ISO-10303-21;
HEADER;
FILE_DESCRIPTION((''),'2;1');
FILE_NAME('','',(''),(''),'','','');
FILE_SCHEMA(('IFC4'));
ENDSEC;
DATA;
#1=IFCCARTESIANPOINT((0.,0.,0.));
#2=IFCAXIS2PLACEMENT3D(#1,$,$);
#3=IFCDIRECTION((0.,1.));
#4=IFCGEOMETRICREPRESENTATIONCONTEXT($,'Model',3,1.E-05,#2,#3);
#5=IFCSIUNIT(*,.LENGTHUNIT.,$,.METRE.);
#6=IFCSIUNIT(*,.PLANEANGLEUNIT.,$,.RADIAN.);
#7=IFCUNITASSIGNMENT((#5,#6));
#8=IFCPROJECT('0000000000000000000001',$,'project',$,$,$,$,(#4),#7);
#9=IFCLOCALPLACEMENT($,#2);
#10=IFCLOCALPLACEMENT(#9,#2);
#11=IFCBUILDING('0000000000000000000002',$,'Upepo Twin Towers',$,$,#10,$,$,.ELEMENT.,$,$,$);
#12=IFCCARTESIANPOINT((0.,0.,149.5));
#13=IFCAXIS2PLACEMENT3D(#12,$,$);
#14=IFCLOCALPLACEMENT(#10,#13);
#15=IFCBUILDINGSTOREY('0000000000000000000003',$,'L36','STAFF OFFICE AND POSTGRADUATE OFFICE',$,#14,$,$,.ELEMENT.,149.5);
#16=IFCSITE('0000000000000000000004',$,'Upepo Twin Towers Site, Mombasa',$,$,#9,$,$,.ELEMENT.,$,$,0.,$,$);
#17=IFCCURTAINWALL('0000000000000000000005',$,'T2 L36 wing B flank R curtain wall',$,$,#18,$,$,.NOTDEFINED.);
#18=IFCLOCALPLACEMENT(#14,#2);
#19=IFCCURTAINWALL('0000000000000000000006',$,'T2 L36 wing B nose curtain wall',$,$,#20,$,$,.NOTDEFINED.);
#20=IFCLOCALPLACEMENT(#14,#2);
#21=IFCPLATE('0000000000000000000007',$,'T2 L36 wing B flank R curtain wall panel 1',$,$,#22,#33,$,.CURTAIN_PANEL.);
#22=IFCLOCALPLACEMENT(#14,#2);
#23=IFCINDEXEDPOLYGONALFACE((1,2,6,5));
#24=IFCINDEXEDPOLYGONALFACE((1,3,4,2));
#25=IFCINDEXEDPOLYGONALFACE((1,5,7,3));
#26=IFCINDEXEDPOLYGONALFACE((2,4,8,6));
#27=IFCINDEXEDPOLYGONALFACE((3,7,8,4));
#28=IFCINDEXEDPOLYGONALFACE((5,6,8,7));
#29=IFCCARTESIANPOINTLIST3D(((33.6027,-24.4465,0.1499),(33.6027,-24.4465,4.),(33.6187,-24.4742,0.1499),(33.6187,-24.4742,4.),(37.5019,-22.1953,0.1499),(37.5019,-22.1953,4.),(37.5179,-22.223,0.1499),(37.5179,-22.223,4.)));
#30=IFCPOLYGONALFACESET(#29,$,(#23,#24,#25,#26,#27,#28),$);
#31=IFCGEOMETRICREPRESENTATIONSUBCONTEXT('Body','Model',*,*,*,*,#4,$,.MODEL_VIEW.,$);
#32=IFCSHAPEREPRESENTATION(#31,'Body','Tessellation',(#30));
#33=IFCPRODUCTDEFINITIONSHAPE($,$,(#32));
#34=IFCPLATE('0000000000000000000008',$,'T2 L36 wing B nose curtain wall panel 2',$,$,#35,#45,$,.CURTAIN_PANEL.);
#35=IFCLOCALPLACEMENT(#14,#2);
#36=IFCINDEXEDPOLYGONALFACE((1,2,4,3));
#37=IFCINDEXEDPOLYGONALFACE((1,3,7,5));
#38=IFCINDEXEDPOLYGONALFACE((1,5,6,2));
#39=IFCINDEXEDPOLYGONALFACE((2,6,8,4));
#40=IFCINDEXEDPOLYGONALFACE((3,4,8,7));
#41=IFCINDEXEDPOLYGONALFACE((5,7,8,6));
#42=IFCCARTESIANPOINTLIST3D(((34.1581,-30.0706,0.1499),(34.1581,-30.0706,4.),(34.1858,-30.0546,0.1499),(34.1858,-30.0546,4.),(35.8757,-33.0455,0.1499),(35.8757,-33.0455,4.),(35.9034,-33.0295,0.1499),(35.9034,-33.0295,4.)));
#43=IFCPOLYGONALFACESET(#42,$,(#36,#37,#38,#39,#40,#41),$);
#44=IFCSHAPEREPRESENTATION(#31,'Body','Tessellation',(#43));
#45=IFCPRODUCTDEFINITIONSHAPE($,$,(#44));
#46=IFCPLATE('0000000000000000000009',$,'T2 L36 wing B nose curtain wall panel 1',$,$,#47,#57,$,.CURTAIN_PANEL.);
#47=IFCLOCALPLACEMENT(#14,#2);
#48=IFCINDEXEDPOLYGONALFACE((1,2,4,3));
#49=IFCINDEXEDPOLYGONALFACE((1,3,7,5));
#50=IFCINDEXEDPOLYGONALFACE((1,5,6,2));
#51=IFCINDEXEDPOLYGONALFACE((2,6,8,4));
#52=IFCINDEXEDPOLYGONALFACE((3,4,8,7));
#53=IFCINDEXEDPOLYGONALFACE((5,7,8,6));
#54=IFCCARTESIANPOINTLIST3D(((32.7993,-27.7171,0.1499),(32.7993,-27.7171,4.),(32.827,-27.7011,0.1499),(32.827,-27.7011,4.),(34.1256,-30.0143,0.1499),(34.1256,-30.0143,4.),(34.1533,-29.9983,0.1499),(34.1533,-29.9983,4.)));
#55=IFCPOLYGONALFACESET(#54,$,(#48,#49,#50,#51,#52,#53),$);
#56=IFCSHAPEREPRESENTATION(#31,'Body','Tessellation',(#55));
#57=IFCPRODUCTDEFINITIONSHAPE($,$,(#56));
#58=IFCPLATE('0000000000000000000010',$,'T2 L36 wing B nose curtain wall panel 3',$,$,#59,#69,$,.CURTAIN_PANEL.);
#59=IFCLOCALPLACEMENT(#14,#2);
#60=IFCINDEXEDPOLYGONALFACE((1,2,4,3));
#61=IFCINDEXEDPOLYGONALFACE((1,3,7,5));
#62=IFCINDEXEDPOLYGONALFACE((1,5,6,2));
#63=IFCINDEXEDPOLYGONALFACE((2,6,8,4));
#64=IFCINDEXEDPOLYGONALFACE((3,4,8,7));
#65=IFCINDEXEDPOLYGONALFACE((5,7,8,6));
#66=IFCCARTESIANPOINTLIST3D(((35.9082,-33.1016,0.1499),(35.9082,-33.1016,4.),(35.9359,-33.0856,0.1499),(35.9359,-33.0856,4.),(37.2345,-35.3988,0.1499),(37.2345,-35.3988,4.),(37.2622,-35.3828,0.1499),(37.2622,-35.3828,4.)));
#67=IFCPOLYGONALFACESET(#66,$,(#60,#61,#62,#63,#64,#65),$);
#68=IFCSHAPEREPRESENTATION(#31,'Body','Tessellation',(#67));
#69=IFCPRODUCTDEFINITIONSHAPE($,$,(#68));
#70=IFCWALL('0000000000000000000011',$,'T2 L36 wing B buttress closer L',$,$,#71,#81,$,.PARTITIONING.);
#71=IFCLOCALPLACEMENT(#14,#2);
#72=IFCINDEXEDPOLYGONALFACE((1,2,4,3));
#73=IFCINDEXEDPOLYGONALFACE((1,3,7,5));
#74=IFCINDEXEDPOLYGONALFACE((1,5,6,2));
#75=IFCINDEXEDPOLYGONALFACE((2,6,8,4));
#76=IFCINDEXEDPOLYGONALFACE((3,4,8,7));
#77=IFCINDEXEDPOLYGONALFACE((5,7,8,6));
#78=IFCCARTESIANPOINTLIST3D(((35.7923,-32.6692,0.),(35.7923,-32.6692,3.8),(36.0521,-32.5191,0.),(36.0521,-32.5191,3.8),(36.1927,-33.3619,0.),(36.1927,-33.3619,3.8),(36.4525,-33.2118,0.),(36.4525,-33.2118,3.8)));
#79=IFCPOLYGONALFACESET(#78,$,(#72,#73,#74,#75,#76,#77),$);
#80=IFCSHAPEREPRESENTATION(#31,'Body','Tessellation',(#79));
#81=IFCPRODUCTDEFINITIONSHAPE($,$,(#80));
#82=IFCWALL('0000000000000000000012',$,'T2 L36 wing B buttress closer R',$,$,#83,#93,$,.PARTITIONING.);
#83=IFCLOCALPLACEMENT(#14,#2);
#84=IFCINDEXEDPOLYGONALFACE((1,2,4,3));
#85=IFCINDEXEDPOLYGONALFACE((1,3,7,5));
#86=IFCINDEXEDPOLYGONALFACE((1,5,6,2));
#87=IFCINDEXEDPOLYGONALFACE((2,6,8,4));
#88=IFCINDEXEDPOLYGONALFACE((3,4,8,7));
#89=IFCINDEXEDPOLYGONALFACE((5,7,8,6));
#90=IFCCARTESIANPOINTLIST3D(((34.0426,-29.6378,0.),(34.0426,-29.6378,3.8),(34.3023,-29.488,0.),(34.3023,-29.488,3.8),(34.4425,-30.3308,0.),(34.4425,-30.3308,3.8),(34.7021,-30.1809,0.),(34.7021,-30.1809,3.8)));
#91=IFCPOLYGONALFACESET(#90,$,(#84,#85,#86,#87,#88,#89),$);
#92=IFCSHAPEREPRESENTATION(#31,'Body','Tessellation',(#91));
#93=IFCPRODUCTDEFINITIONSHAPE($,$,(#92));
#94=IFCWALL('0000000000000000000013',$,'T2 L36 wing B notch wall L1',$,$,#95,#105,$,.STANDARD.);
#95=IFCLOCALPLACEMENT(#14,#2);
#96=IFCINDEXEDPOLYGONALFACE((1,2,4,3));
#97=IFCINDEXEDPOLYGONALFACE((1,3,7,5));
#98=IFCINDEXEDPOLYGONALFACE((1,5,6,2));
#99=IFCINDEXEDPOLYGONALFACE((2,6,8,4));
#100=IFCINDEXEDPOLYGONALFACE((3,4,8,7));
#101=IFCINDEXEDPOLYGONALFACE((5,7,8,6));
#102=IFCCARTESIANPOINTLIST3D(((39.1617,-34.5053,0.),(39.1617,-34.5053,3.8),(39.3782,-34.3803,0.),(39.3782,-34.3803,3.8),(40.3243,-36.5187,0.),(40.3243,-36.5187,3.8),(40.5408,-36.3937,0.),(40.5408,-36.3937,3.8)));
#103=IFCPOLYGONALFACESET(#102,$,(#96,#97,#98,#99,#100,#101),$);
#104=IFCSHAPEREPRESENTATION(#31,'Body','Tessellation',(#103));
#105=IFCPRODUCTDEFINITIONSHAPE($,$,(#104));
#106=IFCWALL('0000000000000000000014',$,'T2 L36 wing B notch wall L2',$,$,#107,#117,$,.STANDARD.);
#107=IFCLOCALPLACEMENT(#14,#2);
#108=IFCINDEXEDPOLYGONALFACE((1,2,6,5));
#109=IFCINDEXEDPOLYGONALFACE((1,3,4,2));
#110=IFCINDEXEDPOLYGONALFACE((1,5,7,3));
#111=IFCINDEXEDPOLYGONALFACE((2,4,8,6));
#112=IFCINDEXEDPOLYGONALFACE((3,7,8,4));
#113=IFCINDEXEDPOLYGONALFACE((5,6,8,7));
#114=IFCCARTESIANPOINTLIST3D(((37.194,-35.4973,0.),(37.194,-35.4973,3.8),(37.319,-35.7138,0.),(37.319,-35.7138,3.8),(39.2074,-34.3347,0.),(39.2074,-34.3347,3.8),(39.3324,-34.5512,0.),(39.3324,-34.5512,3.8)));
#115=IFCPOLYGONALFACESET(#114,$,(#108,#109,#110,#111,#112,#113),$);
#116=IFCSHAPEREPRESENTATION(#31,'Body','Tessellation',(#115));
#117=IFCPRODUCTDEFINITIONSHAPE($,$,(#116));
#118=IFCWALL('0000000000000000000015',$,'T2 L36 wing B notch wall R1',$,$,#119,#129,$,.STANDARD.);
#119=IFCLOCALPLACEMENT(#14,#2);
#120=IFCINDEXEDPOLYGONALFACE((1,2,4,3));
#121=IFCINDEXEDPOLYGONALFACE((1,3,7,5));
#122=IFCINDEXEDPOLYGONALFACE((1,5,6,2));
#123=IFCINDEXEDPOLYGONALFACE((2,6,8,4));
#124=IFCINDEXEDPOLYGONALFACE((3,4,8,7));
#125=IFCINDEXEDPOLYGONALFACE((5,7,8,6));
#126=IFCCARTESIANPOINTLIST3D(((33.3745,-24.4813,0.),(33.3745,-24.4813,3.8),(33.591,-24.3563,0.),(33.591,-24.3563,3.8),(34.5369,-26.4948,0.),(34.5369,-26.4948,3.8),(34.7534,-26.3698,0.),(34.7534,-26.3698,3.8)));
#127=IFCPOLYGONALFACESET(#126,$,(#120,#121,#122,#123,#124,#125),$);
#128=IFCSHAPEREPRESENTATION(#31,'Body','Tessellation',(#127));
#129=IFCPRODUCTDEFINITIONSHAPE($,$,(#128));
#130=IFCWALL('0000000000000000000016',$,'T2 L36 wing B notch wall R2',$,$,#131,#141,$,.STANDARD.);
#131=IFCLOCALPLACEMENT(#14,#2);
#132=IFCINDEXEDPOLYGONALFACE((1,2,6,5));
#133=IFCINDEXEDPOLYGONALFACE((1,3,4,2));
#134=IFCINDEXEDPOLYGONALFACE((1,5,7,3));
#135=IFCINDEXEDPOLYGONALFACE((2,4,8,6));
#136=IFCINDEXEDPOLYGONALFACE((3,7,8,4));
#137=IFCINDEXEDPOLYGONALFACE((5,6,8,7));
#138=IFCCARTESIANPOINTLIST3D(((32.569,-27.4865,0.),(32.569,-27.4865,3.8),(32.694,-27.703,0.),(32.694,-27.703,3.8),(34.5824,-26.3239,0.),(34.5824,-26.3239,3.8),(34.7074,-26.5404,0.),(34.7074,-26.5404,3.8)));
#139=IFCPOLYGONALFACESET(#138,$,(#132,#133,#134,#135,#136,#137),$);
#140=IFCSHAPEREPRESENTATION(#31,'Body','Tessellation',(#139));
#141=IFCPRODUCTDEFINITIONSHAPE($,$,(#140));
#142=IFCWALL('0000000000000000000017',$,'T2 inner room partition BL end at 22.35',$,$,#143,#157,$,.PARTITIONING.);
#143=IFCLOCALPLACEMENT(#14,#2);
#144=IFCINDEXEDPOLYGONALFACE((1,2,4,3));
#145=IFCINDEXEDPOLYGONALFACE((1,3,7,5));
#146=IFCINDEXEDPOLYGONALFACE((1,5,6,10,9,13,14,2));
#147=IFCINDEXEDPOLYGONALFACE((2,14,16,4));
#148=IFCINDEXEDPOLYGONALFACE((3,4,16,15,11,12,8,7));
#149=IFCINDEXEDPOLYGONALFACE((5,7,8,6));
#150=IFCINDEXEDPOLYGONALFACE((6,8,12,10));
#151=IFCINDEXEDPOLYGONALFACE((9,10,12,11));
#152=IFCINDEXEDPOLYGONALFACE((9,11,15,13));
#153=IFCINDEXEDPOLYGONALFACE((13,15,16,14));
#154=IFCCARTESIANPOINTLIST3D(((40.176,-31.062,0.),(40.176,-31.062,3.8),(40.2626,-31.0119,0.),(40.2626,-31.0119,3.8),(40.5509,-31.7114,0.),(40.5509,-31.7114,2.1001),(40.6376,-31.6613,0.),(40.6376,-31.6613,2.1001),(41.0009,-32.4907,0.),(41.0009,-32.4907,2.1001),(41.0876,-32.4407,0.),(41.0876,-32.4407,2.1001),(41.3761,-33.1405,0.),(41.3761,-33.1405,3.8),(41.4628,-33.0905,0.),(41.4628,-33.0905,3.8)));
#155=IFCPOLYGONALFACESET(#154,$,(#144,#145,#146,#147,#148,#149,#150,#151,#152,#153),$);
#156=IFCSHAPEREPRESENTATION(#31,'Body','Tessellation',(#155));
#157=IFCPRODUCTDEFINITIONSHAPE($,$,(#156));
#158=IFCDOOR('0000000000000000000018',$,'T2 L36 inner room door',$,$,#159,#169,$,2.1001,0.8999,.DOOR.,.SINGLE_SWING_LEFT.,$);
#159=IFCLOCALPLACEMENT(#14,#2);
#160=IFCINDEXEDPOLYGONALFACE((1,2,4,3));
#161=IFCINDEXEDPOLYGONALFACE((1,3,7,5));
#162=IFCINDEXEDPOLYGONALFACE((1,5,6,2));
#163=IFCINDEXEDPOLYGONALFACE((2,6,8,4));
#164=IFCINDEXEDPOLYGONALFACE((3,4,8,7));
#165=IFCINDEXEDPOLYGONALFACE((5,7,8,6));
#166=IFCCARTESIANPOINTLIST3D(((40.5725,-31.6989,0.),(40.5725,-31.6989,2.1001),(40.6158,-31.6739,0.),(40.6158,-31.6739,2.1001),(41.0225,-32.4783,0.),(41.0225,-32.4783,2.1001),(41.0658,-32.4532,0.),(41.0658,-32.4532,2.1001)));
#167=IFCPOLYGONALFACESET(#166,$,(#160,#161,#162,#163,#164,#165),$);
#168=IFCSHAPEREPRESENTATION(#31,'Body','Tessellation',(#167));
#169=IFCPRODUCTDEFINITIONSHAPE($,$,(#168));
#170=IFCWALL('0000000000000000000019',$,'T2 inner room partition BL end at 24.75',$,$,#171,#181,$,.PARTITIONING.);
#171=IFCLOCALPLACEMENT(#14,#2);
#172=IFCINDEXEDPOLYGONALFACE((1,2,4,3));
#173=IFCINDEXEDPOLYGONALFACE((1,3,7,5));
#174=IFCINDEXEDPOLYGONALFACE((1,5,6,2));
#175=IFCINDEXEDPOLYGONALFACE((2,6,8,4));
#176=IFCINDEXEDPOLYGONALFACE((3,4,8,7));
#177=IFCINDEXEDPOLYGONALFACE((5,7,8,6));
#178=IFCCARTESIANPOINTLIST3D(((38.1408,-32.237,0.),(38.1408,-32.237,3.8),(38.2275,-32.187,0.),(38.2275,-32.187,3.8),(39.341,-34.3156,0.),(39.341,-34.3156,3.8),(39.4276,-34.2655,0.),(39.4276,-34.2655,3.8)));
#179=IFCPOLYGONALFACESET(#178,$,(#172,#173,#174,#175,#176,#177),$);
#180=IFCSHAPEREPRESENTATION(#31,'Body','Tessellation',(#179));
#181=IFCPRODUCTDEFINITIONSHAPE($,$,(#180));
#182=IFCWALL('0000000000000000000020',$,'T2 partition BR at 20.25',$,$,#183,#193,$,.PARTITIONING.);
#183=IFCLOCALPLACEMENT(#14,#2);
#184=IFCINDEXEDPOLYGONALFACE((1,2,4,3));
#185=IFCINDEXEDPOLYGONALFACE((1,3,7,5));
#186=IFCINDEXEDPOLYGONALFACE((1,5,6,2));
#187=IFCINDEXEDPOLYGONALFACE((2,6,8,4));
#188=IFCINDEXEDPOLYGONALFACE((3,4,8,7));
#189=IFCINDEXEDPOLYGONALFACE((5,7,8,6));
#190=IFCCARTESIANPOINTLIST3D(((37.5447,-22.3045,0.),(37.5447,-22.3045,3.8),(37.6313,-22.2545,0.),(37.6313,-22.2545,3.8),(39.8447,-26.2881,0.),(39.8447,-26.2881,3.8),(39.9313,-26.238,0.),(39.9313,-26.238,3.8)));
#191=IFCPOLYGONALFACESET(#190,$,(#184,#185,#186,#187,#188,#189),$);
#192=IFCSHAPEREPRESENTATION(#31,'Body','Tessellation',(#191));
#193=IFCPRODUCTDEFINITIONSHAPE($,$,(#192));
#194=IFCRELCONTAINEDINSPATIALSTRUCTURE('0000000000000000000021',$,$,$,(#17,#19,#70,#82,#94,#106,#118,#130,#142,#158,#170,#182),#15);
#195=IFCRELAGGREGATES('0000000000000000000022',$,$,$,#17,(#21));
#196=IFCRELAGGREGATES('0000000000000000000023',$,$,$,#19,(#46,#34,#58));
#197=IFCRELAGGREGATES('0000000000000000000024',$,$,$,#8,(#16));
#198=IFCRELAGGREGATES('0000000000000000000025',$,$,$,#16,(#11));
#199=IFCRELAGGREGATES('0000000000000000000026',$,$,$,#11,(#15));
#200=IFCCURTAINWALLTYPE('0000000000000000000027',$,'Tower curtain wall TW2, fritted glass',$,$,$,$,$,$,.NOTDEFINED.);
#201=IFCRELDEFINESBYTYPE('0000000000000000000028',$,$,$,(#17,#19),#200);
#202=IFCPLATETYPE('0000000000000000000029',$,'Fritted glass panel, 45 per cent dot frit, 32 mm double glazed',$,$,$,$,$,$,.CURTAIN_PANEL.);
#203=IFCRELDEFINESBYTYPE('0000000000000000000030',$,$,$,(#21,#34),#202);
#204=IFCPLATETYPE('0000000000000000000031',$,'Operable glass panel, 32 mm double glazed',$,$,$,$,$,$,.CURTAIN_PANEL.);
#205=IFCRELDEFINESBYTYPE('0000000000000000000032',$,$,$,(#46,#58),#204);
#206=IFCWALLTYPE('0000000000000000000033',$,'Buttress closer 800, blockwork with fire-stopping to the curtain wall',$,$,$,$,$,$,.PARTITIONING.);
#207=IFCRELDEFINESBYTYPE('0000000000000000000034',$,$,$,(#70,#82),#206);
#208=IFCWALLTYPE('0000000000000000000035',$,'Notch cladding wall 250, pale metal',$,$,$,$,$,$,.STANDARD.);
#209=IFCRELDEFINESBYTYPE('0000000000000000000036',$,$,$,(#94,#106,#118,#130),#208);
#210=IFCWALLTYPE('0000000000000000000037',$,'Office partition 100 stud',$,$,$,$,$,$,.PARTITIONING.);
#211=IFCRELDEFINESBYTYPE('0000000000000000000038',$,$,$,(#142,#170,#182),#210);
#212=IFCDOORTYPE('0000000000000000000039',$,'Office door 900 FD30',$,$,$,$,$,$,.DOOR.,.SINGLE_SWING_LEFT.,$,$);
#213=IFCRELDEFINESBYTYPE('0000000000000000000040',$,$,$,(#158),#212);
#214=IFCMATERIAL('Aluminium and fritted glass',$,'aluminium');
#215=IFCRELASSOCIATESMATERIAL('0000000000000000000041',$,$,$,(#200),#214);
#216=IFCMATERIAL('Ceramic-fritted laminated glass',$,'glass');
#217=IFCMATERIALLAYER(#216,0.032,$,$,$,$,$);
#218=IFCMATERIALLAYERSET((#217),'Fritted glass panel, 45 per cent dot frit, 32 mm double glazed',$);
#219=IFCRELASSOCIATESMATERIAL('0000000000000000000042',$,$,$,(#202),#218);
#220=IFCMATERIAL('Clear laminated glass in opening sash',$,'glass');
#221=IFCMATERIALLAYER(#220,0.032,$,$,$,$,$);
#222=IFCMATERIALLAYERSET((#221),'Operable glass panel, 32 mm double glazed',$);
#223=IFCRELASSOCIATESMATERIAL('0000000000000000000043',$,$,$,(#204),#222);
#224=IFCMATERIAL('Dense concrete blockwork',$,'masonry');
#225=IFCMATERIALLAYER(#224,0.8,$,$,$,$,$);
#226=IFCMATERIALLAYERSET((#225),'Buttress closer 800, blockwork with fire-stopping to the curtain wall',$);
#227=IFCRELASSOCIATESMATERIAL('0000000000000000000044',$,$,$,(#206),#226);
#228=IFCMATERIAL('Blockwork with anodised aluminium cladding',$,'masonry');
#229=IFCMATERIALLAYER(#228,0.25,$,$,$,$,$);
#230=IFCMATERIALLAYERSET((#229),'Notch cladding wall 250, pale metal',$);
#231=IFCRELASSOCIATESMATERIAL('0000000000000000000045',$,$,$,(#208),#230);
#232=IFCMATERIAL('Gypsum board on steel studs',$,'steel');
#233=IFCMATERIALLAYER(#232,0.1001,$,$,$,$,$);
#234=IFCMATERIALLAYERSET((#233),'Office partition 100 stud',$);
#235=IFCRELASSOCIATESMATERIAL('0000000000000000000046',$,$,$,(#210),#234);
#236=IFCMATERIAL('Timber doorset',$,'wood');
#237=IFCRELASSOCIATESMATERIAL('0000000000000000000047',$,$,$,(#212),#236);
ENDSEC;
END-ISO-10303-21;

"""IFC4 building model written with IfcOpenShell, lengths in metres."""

from ifc_helpers import new_model, si_unit, direction, frame, frame_2d, origin, origin_2d, place, context, subcontext, project, spatial, rectangle, extrude, material, layer, layer_set, type_object, element, fill, aggregate, save


model = new_model("IFC4")

# Units and contexts
model_context = context("Model", 3, precision=1e-05, world=origin(), true_north=direction((0.0, 1.0)))
body_context = subcontext(model_context, "Body", "Model", "MODEL_VIEW")
ifc_project = project(units=[si_unit("LENGTHUNIT", "METRE"), si_unit("PLANEANGLEUNIT", "RADIAN")], contexts=[model_context])

# Site, building, storey
site_placement = place(None, origin())
site = spatial("IfcSite", under=ifc_project, at=site_placement, Name="Upepo Twin Towers Site, Mombasa", CompositionType="ELEMENT", RefElevation=0.0)
building_placement = place(site_placement, origin())
building = spatial("IfcBuilding", under=site, at=building_placement, Name="Upepo Twin Towers", CompositionType="ELEMENT")
storey_placement = place(building_placement, frame((0.0, 0.0, 149.5)))
storey = spatial("IfcBuildingStorey", under=building, at=storey_placement, Name="L36", Description="STAFF OFFICE AND POSTGRADUATE OFFICE", CompositionType="ELEMENT", Elevation=149.5)

# Curtain wall
ifc_material_1 = material(Name="Aluminium and fritted glass", Category="aluminium")
curtain_wall_type = type_object("IfcCurtainWallType", Name="Tower curtain wall TW2, fritted glass", PredefinedType="NOTDEFINED", material=ifc_material_1)
curtain_wall_1_placement = place(storey_placement, origin())
curtain_wall_1 = element("IfcCurtainWall", 1, at=curtain_wall_1_placement, inside=storey, type_object=curtain_wall_type, Name="T2 L36 wing B flank R curtain wall", PredefinedType="NOTDEFINED")

# Curtain wall
curtain_wall_2_placement = place(storey_placement, origin())
curtain_wall_2 = element("IfcCurtainWall", 2, at=curtain_wall_2_placement, inside=storey, type_object=curtain_wall_type, Name="T2 L36 wing B nose curtain wall", PredefinedType="NOTDEFINED")

# Plates
ifc_material_2 = material(Name="Ceramic-fritted laminated glass", Category="glass")
ifc_layer_1 = layer(ifc_material_2, 0.032)
ifc_layer_set_1 = layer_set([ifc_layer_1], Name="Fritted glass panel, 45 per cent dot frit, 32 mm double glazed")
plate_type_1 = type_object("IfcPlateType", Name="Fritted glass panel, 45 per cent dot frit, 32 mm double glazed", PredefinedType="CURTAIN_PANEL", material=ifc_layer_set_1)
plate_1_placement = place(storey_placement, frame((35.5603, -23.3347, 0.1499), z_axis=(0.0, 0.0, 1.0), x_axis=(0.866025, 0.5, 0.0)))
plate_1 = element("IfcPlate", 3, at=plate_1_placement, type_object=plate_type_1, Name="T2 L36 wing B flank R curtain wall panel 1", PredefinedType="CURTAIN_PANEL", context=body_context, shape_type="SweptSolid", body=[
    extrude(rectangle(XDim=4.5024, YDim=0.032, at=origin_2d()), origin(), (0.0, 0.0, 1.0), 3.8501),
])
aggregate(curtain_wall_1, [plate_1])
plate_2_placement = place(storey_placement, frame((35.0308, -31.55, 0.1499), z_axis=(0.0, 0.0, 1.0), x_axis=(0.5, -0.866025, 0.0)))
plate_2 = element("IfcPlate", 4, at=plate_2_placement, type_object=plate_type_1, Name="T2 L36 wing B nose curtain wall panel 2", PredefinedType="CURTAIN_PANEL", context=body_context, shape_type="SweptSolid", body=[
    extrude(rectangle(XDim=3.4351, YDim=0.032, at=origin_2d()), origin(), (0.0, 0.0, 1.0), 3.8501),
])
ifc_material_3 = material(Name="Clear laminated glass in opening sash", Category="glass")
ifc_layer_2 = layer(ifc_material_3, 0.032)
ifc_layer_set_2 = layer_set([ifc_layer_2], Name="Operable glass panel, 32 mm double glazed")
plate_type_2 = type_object("IfcPlateType", Name="Operable glass panel, 32 mm double glazed", PredefinedType="CURTAIN_PANEL", material=ifc_layer_set_2)
plate_3_placement = place(storey_placement, frame((33.4763, -28.8577, 0.1499), z_axis=(0.0, 0.0, 1.0), x_axis=(0.5, -0.866025, 0.0)))
plate_3 = element("IfcPlate", 5, at=plate_3_placement, type_object=plate_type_2, Name="T2 L36 wing B nose curtain wall panel 1", PredefinedType="CURTAIN_PANEL", context=body_context, shape_type="SweptSolid", body=[
    extrude(rectangle(XDim=2.6526, YDim=0.032, at=origin_2d()), origin(), (0.0, 0.0, 1.0), 3.8501),
])
plate_4_placement = place(storey_placement, frame((36.5852, -34.2422, 0.1499), z_axis=(0.0, 0.0, 1.0), x_axis=(0.5, -0.866025, 0.0)))
plate_4 = element("IfcPlate", 6, at=plate_4_placement, type_object=plate_type_2, Name="T2 L36 wing B nose curtain wall panel 3", PredefinedType="CURTAIN_PANEL", context=body_context, shape_type="SweptSolid", body=[
    extrude(rectangle(XDim=2.6526, YDim=0.032, at=origin_2d()), origin(), (0.0, 0.0, 1.0), 3.8501),
])
aggregate(curtain_wall_2, [plate_3, plate_2, plate_4])

# Walls
ifc_material_4 = material(Name="Dense concrete blockwork", Category="masonry")
ifc_layer_3 = layer(ifc_material_4, 0.8)
ifc_layer_set_3 = layer_set([ifc_layer_3], Name="Buttress closer 800, blockwork with fire-stopping to the curtain wall")
wall_type_1 = type_object("IfcWallType", Name="Buttress closer 800, blockwork with fire-stopping to the curtain wall", PredefinedType="PARTITIONING", material=ifc_layer_set_3)
wall_1_placement = place(storey_placement, frame((36.2522, -32.8655, 0.0), z_axis=(0.0, 0.0, 1.0), x_axis=(-0.865779, -0.500427, 0.0)))
element("IfcWall", 7, at=wall_1_placement, inside=storey, type_object=wall_type_1, Name="T2 L36 wing B buttress closer L", PredefinedType="PARTITIONING", context=body_context, shape_type="SweptSolid", body=[
    extrude(rectangle(XDim=0.3, YDim=0.8, at=frame_2d((0.1499, 0.0))), origin(), (0.0, 0.0, 1.0), 3.8),
])
wall_2_placement = place(storey_placement, frame((34.5022, -29.8345, 0.0), z_axis=(0.0, 0.0, 1.0), x_axis=(-0.866131, -0.499816, 0.0)))
element("IfcWall", 8, at=wall_2_placement, inside=storey, type_object=wall_type_1, Name="T2 L36 wing B buttress closer R", PredefinedType="PARTITIONING", context=body_context, shape_type="SweptSolid", body=[
    extrude(rectangle(XDim=0.2998, YDim=0.8, at=frame_2d((0.1499, 0.0))), origin(), (0.0, 0.0, 1.0), 3.8),
])
ifc_material_5 = material(Name="Blockwork with anodised aluminium cladding", Category="masonry")
ifc_layer_4 = layer(ifc_material_5, 0.25)
ifc_layer_set_4 = layer_set([ifc_layer_4], Name="Notch cladding wall 250, pale metal")
wall_type_2 = type_object("IfcWallType", Name="Notch cladding wall 250, pale metal", PredefinedType="STANDARD", material=ifc_layer_set_4)
for number, where, z_axis, x_axis, name in (
    (9, (40.4326, -36.4563, 0.0), (0.0, 0.0, 1.0), (-0.500047, 0.865998, 0.0), "T2 L36 wing B notch wall L1"),
    (10, (39.27, -34.4429, 0.0), (0.0, 0.0, 1.0), (-0.865998, -0.500047, 0.0), "T2 L36 wing B notch wall L2"),
    (11, (33.4827, -24.4187, 0.0), (0.0, 0.0, 1.0), (0.499968, -0.866044, 0.0), "T2 L36 wing B notch wall R1"),
    (12, (34.645, -26.4321, 0.0), (0.0, 0.0, 1.0), (-0.865998, -0.500047, 0.0), "T2 L36 wing B notch wall R2"),
):
    element("IfcWall", number, at=place(storey_placement, frame(where, z_axis=z_axis, x_axis=x_axis)), inside=storey, type_object=wall_type_2, Name=name, PredefinedType="STANDARD", context=body_context, shape_type="SweptSolid", body=[
        extrude(rectangle(XDim=2.325, YDim=0.25, at=frame_2d((1.1626, 0.0))), origin(), (0.0, 0.0, 1.0), 3.8),
    ])

# Wall, opening, door
ifc_material_6 = material(Name="Gypsum board on steel studs", Category="steel")
ifc_layer_5 = layer(ifc_material_6, 0.1001)
ifc_layer_set_5 = layer_set([ifc_layer_5], Name="Office partition 100 stud")
wall_type_3 = type_object("IfcWallType", Name="Office partition 100 stud", PredefinedType="PARTITIONING", material=ifc_layer_set_5)
wall_3_placement = place(storey_placement, frame((40.2192, -31.0369, 0.0), z_axis=(0.0, 0.0, 1.0), x_axis=(0.500034, -0.866006, 0.0)))
wall_3 = element("IfcWall", 13, at=wall_3_placement, inside=storey, type_object=wall_type_3, Name="T2 inner room partition BL end at 22.35", PredefinedType="PARTITIONING", context=body_context, shape_type="SweptSolid", body=[
    extrude(rectangle(XDim=2.4001, YDim=0.1001, at=frame_2d((1.2002, 0.0))), origin(), (0.0, 0.0, 1.0), 3.8),
])
opening_1_placement = place(wall_3_placement, frame((0.75, 0.0, 0.0)))
opening_1 = element("IfcOpeningElement", 14, at=opening_1_placement, cuts=wall_3, PredefinedType="OPENING", context=body_context, shape_type="SweptSolid", body=[
    extrude(rectangle(XDim=0.8999, YDim=2.1001, at=frame_2d((0.45, 1.05))), frame((0.0, 0.0601, 0.0), z_axis=(0.0, -1.0, 0.0), x_axis=(1.0, 0.0, 0.0)), (0.0, 0.0, 1.0), 0.1201),
])
ifc_material_7 = material(Name="Timber doorset", Category="wood")
door_type = type_object("IfcDoorType", Name="Office door 900 FD30", OperationType="SINGLE_SWING_LEFT", PredefinedType="DOOR", material=ifc_material_7)
door_1_placement = place(opening_1_placement, origin())
door_1 = element("IfcDoor", 15, at=door_1_placement, inside=storey, type_object=door_type, Name="T2 L36 inner room door", OperationType="SINGLE_SWING_LEFT", OverallHeight=2.1001, OverallWidth=0.8999, PredefinedType="DOOR", context=body_context, shape_type="SweptSolid", body=[
    extrude(rectangle(XDim=0.8999, YDim=2.1001, at=frame_2d((0.45, 1.05))), frame((0.0, 0.0249, 0.0), z_axis=(0.0, -1.0, 0.0), x_axis=(1.0, 0.0, 0.0)), (0.0, 0.0, 1.0), 0.05),
])
fill(opening_1, door_1)

# Walls
wall_4_placement = place(storey_placement, frame((38.1841, -32.2119, 0.0), z_axis=(0.0, 0.0, 1.0), x_axis=(0.500034, -0.866006, 0.0)))
element("IfcWall", 16, at=wall_4_placement, inside=storey, type_object=wall_type_3, Name="T2 inner room partition BL end at 24.75", PredefinedType="PARTITIONING", context=body_context, shape_type="SweptSolid", body=[
    extrude(rectangle(XDim=2.4001, YDim=0.1001, at=frame_2d((1.2002, 0.0))), origin(), (0.0, 0.0, 1.0), 3.8),
])
wall_5_placement = place(storey_placement, frame((39.8879, -26.2629, 0.0), z_axis=(0.0, 0.0, 1.0), x_axis=(-0.500015, 0.866017, 0.0)))
element("IfcWall", 17, at=wall_5_placement, inside=storey, type_object=wall_type_3, Name="T2 partition BR at 20.25", PredefinedType="PARTITIONING", context=body_context, shape_type="SweptSolid", body=[
    extrude(rectangle(XDim=4.5999, YDim=0.1001, at=frame_2d((2.2998, 0.0))), origin(), (0.0, 0.0, 1.0), 3.8),
])

save(model, "model.ifc")
